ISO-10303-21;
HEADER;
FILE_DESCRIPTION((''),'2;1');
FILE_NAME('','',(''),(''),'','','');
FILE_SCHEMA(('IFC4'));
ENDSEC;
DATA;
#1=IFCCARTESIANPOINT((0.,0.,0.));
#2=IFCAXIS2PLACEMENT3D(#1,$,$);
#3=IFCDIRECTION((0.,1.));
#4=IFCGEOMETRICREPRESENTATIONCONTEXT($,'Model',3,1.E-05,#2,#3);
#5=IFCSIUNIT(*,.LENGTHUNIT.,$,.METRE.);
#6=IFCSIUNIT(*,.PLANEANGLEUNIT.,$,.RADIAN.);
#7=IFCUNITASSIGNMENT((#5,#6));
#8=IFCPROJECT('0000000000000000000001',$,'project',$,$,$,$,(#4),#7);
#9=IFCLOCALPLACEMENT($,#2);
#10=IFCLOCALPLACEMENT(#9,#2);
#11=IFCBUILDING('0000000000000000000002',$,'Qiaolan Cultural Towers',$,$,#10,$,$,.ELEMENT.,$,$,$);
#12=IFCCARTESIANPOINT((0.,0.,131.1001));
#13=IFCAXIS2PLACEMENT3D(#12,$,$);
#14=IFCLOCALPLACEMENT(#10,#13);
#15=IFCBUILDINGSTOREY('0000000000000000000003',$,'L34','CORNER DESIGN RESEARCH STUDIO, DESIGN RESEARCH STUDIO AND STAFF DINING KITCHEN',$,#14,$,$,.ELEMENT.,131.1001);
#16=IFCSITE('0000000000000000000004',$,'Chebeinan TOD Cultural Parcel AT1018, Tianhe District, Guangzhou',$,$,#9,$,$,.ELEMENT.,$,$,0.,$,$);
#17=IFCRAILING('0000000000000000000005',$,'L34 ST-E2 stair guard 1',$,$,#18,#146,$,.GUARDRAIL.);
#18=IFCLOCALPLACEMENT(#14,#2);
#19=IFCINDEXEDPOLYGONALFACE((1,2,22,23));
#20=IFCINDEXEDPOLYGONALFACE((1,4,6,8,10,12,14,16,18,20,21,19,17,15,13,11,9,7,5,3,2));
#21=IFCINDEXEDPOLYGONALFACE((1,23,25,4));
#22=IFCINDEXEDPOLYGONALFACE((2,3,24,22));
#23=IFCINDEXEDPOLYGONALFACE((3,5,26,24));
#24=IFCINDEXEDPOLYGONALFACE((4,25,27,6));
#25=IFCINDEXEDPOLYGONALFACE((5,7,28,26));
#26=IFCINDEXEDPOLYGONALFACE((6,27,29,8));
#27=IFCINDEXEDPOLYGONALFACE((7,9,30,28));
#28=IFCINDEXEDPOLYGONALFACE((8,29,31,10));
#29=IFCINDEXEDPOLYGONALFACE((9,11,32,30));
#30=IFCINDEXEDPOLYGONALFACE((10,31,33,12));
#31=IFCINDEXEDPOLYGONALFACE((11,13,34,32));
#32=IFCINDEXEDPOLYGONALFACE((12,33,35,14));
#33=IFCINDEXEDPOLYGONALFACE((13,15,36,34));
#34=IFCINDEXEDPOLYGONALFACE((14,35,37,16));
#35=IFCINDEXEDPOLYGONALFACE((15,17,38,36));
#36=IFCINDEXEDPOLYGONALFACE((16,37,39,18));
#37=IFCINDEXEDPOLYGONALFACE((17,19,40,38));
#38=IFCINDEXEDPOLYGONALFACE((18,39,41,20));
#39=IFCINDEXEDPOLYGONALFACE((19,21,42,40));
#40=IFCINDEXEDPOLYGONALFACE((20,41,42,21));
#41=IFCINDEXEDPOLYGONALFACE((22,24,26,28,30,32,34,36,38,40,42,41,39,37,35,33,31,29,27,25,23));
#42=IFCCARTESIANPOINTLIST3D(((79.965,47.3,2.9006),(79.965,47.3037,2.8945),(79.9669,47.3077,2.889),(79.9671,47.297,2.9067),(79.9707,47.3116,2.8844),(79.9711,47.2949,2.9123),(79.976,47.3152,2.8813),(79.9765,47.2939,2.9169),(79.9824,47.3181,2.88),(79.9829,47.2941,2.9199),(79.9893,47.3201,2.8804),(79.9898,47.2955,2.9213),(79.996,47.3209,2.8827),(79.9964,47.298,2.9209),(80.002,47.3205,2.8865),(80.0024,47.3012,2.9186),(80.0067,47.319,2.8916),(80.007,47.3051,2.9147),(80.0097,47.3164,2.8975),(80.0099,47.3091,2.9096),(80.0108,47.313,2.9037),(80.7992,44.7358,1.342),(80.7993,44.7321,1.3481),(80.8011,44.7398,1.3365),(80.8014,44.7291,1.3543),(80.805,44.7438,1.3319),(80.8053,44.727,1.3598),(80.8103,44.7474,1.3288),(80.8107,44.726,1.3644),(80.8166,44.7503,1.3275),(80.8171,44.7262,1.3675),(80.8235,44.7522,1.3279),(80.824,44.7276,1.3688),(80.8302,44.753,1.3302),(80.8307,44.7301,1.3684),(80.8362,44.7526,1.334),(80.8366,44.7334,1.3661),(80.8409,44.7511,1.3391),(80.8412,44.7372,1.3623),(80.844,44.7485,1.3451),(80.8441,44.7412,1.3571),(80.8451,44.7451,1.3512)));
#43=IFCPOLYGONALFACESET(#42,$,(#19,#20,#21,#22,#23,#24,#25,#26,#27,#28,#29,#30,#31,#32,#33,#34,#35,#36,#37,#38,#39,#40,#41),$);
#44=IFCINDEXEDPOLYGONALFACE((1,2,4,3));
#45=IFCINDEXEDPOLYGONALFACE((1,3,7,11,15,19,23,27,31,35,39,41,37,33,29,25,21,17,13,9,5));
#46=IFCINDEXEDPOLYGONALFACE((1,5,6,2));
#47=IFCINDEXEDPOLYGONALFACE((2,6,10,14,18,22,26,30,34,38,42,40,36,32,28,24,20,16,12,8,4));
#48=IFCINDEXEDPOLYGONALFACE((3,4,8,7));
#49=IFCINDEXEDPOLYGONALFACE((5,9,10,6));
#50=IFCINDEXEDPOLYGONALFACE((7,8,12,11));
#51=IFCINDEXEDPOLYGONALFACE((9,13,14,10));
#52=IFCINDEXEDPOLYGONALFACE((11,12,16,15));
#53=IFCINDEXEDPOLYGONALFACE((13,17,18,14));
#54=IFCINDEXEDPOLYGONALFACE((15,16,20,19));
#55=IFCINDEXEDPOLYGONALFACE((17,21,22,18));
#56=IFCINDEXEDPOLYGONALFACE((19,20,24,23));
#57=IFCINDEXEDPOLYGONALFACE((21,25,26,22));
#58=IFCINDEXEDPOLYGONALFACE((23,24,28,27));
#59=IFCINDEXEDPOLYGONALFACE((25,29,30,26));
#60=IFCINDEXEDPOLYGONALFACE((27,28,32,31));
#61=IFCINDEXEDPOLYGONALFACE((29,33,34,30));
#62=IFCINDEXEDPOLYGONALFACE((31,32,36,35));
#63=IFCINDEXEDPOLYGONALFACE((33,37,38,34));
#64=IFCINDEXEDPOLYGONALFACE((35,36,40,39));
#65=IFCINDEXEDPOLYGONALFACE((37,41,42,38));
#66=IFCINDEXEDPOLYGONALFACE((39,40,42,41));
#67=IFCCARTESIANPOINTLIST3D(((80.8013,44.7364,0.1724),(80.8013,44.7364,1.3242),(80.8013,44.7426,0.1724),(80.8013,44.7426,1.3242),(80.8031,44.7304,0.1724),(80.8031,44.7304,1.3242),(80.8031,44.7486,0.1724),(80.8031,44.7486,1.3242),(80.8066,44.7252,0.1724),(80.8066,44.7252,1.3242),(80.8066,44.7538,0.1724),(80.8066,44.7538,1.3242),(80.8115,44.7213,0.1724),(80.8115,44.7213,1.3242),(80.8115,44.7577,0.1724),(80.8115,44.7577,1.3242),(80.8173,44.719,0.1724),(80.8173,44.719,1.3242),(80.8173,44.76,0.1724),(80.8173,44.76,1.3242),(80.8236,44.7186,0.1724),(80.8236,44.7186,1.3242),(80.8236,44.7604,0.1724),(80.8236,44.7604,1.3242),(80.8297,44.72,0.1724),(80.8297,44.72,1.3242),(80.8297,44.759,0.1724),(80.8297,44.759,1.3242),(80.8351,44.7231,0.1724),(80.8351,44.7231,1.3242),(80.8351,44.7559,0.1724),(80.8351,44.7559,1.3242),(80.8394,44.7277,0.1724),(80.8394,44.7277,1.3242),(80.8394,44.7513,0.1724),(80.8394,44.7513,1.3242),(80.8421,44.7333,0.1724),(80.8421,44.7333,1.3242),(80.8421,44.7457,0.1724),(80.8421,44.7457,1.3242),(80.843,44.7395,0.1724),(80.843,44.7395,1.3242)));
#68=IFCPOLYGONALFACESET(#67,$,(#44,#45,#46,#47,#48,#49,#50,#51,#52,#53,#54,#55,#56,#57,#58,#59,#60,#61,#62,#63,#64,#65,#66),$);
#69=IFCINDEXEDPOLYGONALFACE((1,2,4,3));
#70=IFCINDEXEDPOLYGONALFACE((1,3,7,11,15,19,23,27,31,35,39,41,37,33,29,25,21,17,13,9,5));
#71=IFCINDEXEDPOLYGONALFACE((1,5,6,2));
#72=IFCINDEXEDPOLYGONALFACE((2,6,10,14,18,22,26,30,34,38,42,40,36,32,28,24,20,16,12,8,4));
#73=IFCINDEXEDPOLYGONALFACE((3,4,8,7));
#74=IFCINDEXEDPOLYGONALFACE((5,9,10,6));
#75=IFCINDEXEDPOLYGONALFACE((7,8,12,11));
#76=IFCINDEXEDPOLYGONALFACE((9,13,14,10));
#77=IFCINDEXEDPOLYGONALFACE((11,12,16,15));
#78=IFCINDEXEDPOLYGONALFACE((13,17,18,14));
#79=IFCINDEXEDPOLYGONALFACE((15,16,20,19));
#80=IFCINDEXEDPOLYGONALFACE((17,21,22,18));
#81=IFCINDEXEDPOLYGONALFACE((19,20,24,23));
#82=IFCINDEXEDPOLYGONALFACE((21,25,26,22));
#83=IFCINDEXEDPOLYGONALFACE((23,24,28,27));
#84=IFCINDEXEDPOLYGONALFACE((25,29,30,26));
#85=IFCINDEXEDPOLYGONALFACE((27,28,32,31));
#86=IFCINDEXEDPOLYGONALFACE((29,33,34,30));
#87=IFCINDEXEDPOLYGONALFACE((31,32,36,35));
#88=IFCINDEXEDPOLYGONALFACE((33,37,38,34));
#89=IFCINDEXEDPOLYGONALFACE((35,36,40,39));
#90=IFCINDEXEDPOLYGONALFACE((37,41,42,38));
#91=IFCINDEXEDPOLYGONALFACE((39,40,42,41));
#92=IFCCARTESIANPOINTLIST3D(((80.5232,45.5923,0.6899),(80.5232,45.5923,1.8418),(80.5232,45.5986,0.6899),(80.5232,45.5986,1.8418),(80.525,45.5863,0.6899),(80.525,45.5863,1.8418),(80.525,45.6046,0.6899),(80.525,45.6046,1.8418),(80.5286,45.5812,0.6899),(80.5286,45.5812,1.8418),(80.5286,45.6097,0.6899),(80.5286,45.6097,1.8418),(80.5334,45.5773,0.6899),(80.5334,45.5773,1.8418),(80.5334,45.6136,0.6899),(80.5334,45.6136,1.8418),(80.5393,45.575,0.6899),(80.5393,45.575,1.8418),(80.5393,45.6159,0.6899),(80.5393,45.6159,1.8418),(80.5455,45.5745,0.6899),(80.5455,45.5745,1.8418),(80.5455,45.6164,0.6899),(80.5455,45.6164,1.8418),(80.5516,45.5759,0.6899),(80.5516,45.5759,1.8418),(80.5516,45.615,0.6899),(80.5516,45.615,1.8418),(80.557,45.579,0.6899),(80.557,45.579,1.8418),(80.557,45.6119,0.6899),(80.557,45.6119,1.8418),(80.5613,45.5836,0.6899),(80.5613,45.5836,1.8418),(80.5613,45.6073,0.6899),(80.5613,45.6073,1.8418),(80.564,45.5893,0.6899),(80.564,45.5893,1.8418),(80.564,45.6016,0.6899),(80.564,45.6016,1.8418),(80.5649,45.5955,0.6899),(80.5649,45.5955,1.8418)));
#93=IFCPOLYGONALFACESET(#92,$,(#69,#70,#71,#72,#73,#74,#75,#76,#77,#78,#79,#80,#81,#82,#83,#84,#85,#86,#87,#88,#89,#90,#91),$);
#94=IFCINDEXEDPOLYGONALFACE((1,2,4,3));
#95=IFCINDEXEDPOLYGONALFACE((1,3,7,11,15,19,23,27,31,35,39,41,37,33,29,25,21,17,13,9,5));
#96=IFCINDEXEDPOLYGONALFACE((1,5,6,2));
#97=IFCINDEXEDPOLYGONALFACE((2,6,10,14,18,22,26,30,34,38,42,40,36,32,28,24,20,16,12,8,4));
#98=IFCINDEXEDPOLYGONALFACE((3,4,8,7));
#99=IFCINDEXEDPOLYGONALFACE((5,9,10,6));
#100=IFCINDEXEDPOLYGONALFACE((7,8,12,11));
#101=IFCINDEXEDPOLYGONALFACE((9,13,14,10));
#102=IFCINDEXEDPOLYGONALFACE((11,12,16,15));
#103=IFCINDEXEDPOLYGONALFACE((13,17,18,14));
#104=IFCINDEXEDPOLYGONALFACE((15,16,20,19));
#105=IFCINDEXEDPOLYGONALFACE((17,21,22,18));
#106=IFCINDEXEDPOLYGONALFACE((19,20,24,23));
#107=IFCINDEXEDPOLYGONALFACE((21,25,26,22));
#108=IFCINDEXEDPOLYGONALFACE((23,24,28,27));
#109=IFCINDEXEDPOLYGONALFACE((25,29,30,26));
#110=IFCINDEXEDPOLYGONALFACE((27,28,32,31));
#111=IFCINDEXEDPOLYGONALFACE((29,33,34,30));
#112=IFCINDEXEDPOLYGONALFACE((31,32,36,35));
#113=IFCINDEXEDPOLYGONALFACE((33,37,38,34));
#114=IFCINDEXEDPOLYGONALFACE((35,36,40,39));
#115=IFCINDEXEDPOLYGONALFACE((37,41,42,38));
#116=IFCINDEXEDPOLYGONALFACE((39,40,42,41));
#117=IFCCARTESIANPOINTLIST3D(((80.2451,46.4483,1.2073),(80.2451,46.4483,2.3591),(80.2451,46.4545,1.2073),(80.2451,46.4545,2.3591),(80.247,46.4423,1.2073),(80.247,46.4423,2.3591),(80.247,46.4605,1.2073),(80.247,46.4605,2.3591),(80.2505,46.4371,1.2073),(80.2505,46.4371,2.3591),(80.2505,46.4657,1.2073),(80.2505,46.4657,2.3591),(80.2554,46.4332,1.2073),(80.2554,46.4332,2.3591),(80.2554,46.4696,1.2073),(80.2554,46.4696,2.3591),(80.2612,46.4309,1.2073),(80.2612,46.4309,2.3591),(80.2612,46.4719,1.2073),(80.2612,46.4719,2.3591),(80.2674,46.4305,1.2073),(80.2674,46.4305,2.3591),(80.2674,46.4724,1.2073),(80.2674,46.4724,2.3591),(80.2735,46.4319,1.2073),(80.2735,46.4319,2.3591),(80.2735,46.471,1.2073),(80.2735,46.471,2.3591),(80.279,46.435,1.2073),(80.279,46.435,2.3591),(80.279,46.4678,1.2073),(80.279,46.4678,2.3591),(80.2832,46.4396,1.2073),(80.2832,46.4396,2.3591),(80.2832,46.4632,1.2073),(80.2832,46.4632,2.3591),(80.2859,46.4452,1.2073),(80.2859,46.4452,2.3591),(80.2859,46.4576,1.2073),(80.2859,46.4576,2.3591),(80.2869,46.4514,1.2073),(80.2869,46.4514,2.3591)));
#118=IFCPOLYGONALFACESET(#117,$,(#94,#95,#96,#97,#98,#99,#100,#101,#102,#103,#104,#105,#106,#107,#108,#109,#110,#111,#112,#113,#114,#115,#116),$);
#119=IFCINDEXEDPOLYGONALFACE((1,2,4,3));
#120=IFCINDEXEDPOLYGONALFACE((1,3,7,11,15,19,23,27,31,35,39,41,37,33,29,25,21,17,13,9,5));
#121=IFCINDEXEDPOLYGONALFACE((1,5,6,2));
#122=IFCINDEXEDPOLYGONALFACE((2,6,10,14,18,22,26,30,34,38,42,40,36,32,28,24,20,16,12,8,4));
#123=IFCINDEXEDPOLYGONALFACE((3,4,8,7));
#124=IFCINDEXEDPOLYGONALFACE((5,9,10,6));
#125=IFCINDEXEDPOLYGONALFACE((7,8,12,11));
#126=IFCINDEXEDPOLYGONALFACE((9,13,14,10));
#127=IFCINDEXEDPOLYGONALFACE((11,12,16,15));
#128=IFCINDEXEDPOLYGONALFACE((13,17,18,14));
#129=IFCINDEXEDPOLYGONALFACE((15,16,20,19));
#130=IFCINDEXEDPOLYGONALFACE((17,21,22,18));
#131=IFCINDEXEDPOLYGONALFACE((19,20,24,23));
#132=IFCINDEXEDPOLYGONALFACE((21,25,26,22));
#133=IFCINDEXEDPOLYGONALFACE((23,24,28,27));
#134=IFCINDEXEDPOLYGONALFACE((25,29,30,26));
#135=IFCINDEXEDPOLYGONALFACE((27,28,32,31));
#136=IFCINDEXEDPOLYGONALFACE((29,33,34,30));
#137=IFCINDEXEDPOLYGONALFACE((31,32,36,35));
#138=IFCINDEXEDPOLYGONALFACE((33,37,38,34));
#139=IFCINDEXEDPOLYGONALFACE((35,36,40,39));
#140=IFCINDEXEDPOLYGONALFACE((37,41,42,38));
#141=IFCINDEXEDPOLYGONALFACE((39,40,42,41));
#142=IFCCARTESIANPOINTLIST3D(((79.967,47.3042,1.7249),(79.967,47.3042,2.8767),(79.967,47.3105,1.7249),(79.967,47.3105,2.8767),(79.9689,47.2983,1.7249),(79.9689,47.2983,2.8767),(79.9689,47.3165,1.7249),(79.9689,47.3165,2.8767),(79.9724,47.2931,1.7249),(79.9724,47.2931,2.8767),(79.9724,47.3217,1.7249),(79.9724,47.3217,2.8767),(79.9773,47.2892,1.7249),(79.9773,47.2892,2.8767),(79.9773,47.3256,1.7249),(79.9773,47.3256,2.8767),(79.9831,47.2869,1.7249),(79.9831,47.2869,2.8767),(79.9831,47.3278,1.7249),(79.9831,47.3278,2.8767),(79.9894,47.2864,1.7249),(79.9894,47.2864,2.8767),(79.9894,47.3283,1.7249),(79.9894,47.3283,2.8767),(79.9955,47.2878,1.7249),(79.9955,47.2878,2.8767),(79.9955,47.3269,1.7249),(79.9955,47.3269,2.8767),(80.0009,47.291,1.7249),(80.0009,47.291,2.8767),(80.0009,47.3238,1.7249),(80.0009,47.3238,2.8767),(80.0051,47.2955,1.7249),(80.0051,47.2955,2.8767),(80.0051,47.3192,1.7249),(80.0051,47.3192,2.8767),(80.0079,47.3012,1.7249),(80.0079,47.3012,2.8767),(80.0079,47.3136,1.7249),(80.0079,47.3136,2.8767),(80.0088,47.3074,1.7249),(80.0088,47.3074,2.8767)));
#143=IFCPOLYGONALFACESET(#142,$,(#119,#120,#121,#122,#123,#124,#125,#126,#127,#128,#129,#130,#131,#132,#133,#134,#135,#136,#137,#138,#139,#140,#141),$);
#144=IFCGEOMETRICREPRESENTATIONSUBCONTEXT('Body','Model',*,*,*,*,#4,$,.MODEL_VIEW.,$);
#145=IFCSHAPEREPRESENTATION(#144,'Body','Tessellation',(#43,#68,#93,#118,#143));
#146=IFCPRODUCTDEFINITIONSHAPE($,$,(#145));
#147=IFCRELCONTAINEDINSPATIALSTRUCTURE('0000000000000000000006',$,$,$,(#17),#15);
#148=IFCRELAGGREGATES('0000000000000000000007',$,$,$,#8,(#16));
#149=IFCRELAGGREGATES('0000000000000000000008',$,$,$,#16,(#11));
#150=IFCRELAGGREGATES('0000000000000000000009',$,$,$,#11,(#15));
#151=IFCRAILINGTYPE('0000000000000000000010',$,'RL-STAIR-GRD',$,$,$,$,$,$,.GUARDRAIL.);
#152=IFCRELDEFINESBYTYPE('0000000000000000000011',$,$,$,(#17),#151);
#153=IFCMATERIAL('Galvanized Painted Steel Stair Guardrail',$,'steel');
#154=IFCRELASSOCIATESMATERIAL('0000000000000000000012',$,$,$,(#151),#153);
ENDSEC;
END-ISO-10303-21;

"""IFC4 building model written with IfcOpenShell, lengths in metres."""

from ifc_helpers import new_model, si_unit, direction, frame, origin, origin_2d, place, context, subcontext, project, spatial, circle, extrude, material, type_object, element, save


model = new_model("IFC4")

# Units and contexts
model_context = context("Model", 3, precision=1e-05, world=origin(), true_north=direction((0.0, 1.0)))
body_context = subcontext(model_context, "Body", "Model", "MODEL_VIEW")
ifc_project = project(units=[si_unit("LENGTHUNIT", "METRE"), si_unit("PLANEANGLEUNIT", "RADIAN")], contexts=[model_context])

# Site, building, storey
site_placement = place(None, origin())
site = spatial("IfcSite", under=ifc_project, at=site_placement, Name="Chebeinan TOD Cultural Parcel AT1018, Tianhe District, Guangzhou", CompositionType="ELEMENT", RefElevation=0.0)
building_placement = place(site_placement, origin())
building = spatial("IfcBuilding", under=site, at=building_placement, Name="Qiaolan Cultural Towers", CompositionType="ELEMENT")
storey_placement = place(building_placement, frame((0.0, 0.0, 131.1001)))
storey = spatial("IfcBuildingStorey", under=building, at=storey_placement, Name="L34", Description="CORNER DESIGN RESEARCH STUDIO, DESIGN RESEARCH STUDIO AND STAFF DINING KITCHEN", CompositionType="ELEMENT", Elevation=131.1001)

# Railing
ifc_material_1 = material(Name="Galvanized Painted Steel Stair Guardrail", Category="steel")
railing_type_1 = type_object("IfcRailingType", Name="RL-STAIR-GRD", PredefinedType="GUARDRAIL", material=ifc_material_1)
railing_1_placement = place(storey_placement, frame((80.822, 44.7395, 0.1724)))
element("IfcRailing", 1, at=railing_1_placement, inside=storey, type_object=railing_type_1, Name="L34 ST-E2 stair guard 1", PredefinedType="GUARDRAIL", context=body_context, shape_type="SweptSolid", body=[
    extrude(circle(Radius=0.0239, at=origin_2d()), frame((0.0, 0.0, 1.1758), z_axis=(-0.267853, 0.824488, 0.498471), x_axis=(-0.95107, -0.308976, 0.0)), (0.0, 0.0, 1.0), 3.1145),
    extrude(circle(Radius=0.021, at=origin_2d()), origin(), (0.0, 0.0, 1.0), 1.1519),
    extrude(circle(Radius=0.021, at=origin_2d()), frame((-0.2781, 0.856, 0.5176)), (0.0, 0.0, 1.0), 1.1519),
    extrude(circle(Radius=0.021, at=origin_2d()), frame((-0.5562, 1.7119, 1.0349)), (0.0, 0.0, 1.0), 1.1519),
    extrude(circle(Radius=0.021, at=origin_2d()), frame((-0.8342, 2.5679, 1.5525)), (0.0, 0.0, 1.0), 1.1519),
])

save(model, "model.ifc")
